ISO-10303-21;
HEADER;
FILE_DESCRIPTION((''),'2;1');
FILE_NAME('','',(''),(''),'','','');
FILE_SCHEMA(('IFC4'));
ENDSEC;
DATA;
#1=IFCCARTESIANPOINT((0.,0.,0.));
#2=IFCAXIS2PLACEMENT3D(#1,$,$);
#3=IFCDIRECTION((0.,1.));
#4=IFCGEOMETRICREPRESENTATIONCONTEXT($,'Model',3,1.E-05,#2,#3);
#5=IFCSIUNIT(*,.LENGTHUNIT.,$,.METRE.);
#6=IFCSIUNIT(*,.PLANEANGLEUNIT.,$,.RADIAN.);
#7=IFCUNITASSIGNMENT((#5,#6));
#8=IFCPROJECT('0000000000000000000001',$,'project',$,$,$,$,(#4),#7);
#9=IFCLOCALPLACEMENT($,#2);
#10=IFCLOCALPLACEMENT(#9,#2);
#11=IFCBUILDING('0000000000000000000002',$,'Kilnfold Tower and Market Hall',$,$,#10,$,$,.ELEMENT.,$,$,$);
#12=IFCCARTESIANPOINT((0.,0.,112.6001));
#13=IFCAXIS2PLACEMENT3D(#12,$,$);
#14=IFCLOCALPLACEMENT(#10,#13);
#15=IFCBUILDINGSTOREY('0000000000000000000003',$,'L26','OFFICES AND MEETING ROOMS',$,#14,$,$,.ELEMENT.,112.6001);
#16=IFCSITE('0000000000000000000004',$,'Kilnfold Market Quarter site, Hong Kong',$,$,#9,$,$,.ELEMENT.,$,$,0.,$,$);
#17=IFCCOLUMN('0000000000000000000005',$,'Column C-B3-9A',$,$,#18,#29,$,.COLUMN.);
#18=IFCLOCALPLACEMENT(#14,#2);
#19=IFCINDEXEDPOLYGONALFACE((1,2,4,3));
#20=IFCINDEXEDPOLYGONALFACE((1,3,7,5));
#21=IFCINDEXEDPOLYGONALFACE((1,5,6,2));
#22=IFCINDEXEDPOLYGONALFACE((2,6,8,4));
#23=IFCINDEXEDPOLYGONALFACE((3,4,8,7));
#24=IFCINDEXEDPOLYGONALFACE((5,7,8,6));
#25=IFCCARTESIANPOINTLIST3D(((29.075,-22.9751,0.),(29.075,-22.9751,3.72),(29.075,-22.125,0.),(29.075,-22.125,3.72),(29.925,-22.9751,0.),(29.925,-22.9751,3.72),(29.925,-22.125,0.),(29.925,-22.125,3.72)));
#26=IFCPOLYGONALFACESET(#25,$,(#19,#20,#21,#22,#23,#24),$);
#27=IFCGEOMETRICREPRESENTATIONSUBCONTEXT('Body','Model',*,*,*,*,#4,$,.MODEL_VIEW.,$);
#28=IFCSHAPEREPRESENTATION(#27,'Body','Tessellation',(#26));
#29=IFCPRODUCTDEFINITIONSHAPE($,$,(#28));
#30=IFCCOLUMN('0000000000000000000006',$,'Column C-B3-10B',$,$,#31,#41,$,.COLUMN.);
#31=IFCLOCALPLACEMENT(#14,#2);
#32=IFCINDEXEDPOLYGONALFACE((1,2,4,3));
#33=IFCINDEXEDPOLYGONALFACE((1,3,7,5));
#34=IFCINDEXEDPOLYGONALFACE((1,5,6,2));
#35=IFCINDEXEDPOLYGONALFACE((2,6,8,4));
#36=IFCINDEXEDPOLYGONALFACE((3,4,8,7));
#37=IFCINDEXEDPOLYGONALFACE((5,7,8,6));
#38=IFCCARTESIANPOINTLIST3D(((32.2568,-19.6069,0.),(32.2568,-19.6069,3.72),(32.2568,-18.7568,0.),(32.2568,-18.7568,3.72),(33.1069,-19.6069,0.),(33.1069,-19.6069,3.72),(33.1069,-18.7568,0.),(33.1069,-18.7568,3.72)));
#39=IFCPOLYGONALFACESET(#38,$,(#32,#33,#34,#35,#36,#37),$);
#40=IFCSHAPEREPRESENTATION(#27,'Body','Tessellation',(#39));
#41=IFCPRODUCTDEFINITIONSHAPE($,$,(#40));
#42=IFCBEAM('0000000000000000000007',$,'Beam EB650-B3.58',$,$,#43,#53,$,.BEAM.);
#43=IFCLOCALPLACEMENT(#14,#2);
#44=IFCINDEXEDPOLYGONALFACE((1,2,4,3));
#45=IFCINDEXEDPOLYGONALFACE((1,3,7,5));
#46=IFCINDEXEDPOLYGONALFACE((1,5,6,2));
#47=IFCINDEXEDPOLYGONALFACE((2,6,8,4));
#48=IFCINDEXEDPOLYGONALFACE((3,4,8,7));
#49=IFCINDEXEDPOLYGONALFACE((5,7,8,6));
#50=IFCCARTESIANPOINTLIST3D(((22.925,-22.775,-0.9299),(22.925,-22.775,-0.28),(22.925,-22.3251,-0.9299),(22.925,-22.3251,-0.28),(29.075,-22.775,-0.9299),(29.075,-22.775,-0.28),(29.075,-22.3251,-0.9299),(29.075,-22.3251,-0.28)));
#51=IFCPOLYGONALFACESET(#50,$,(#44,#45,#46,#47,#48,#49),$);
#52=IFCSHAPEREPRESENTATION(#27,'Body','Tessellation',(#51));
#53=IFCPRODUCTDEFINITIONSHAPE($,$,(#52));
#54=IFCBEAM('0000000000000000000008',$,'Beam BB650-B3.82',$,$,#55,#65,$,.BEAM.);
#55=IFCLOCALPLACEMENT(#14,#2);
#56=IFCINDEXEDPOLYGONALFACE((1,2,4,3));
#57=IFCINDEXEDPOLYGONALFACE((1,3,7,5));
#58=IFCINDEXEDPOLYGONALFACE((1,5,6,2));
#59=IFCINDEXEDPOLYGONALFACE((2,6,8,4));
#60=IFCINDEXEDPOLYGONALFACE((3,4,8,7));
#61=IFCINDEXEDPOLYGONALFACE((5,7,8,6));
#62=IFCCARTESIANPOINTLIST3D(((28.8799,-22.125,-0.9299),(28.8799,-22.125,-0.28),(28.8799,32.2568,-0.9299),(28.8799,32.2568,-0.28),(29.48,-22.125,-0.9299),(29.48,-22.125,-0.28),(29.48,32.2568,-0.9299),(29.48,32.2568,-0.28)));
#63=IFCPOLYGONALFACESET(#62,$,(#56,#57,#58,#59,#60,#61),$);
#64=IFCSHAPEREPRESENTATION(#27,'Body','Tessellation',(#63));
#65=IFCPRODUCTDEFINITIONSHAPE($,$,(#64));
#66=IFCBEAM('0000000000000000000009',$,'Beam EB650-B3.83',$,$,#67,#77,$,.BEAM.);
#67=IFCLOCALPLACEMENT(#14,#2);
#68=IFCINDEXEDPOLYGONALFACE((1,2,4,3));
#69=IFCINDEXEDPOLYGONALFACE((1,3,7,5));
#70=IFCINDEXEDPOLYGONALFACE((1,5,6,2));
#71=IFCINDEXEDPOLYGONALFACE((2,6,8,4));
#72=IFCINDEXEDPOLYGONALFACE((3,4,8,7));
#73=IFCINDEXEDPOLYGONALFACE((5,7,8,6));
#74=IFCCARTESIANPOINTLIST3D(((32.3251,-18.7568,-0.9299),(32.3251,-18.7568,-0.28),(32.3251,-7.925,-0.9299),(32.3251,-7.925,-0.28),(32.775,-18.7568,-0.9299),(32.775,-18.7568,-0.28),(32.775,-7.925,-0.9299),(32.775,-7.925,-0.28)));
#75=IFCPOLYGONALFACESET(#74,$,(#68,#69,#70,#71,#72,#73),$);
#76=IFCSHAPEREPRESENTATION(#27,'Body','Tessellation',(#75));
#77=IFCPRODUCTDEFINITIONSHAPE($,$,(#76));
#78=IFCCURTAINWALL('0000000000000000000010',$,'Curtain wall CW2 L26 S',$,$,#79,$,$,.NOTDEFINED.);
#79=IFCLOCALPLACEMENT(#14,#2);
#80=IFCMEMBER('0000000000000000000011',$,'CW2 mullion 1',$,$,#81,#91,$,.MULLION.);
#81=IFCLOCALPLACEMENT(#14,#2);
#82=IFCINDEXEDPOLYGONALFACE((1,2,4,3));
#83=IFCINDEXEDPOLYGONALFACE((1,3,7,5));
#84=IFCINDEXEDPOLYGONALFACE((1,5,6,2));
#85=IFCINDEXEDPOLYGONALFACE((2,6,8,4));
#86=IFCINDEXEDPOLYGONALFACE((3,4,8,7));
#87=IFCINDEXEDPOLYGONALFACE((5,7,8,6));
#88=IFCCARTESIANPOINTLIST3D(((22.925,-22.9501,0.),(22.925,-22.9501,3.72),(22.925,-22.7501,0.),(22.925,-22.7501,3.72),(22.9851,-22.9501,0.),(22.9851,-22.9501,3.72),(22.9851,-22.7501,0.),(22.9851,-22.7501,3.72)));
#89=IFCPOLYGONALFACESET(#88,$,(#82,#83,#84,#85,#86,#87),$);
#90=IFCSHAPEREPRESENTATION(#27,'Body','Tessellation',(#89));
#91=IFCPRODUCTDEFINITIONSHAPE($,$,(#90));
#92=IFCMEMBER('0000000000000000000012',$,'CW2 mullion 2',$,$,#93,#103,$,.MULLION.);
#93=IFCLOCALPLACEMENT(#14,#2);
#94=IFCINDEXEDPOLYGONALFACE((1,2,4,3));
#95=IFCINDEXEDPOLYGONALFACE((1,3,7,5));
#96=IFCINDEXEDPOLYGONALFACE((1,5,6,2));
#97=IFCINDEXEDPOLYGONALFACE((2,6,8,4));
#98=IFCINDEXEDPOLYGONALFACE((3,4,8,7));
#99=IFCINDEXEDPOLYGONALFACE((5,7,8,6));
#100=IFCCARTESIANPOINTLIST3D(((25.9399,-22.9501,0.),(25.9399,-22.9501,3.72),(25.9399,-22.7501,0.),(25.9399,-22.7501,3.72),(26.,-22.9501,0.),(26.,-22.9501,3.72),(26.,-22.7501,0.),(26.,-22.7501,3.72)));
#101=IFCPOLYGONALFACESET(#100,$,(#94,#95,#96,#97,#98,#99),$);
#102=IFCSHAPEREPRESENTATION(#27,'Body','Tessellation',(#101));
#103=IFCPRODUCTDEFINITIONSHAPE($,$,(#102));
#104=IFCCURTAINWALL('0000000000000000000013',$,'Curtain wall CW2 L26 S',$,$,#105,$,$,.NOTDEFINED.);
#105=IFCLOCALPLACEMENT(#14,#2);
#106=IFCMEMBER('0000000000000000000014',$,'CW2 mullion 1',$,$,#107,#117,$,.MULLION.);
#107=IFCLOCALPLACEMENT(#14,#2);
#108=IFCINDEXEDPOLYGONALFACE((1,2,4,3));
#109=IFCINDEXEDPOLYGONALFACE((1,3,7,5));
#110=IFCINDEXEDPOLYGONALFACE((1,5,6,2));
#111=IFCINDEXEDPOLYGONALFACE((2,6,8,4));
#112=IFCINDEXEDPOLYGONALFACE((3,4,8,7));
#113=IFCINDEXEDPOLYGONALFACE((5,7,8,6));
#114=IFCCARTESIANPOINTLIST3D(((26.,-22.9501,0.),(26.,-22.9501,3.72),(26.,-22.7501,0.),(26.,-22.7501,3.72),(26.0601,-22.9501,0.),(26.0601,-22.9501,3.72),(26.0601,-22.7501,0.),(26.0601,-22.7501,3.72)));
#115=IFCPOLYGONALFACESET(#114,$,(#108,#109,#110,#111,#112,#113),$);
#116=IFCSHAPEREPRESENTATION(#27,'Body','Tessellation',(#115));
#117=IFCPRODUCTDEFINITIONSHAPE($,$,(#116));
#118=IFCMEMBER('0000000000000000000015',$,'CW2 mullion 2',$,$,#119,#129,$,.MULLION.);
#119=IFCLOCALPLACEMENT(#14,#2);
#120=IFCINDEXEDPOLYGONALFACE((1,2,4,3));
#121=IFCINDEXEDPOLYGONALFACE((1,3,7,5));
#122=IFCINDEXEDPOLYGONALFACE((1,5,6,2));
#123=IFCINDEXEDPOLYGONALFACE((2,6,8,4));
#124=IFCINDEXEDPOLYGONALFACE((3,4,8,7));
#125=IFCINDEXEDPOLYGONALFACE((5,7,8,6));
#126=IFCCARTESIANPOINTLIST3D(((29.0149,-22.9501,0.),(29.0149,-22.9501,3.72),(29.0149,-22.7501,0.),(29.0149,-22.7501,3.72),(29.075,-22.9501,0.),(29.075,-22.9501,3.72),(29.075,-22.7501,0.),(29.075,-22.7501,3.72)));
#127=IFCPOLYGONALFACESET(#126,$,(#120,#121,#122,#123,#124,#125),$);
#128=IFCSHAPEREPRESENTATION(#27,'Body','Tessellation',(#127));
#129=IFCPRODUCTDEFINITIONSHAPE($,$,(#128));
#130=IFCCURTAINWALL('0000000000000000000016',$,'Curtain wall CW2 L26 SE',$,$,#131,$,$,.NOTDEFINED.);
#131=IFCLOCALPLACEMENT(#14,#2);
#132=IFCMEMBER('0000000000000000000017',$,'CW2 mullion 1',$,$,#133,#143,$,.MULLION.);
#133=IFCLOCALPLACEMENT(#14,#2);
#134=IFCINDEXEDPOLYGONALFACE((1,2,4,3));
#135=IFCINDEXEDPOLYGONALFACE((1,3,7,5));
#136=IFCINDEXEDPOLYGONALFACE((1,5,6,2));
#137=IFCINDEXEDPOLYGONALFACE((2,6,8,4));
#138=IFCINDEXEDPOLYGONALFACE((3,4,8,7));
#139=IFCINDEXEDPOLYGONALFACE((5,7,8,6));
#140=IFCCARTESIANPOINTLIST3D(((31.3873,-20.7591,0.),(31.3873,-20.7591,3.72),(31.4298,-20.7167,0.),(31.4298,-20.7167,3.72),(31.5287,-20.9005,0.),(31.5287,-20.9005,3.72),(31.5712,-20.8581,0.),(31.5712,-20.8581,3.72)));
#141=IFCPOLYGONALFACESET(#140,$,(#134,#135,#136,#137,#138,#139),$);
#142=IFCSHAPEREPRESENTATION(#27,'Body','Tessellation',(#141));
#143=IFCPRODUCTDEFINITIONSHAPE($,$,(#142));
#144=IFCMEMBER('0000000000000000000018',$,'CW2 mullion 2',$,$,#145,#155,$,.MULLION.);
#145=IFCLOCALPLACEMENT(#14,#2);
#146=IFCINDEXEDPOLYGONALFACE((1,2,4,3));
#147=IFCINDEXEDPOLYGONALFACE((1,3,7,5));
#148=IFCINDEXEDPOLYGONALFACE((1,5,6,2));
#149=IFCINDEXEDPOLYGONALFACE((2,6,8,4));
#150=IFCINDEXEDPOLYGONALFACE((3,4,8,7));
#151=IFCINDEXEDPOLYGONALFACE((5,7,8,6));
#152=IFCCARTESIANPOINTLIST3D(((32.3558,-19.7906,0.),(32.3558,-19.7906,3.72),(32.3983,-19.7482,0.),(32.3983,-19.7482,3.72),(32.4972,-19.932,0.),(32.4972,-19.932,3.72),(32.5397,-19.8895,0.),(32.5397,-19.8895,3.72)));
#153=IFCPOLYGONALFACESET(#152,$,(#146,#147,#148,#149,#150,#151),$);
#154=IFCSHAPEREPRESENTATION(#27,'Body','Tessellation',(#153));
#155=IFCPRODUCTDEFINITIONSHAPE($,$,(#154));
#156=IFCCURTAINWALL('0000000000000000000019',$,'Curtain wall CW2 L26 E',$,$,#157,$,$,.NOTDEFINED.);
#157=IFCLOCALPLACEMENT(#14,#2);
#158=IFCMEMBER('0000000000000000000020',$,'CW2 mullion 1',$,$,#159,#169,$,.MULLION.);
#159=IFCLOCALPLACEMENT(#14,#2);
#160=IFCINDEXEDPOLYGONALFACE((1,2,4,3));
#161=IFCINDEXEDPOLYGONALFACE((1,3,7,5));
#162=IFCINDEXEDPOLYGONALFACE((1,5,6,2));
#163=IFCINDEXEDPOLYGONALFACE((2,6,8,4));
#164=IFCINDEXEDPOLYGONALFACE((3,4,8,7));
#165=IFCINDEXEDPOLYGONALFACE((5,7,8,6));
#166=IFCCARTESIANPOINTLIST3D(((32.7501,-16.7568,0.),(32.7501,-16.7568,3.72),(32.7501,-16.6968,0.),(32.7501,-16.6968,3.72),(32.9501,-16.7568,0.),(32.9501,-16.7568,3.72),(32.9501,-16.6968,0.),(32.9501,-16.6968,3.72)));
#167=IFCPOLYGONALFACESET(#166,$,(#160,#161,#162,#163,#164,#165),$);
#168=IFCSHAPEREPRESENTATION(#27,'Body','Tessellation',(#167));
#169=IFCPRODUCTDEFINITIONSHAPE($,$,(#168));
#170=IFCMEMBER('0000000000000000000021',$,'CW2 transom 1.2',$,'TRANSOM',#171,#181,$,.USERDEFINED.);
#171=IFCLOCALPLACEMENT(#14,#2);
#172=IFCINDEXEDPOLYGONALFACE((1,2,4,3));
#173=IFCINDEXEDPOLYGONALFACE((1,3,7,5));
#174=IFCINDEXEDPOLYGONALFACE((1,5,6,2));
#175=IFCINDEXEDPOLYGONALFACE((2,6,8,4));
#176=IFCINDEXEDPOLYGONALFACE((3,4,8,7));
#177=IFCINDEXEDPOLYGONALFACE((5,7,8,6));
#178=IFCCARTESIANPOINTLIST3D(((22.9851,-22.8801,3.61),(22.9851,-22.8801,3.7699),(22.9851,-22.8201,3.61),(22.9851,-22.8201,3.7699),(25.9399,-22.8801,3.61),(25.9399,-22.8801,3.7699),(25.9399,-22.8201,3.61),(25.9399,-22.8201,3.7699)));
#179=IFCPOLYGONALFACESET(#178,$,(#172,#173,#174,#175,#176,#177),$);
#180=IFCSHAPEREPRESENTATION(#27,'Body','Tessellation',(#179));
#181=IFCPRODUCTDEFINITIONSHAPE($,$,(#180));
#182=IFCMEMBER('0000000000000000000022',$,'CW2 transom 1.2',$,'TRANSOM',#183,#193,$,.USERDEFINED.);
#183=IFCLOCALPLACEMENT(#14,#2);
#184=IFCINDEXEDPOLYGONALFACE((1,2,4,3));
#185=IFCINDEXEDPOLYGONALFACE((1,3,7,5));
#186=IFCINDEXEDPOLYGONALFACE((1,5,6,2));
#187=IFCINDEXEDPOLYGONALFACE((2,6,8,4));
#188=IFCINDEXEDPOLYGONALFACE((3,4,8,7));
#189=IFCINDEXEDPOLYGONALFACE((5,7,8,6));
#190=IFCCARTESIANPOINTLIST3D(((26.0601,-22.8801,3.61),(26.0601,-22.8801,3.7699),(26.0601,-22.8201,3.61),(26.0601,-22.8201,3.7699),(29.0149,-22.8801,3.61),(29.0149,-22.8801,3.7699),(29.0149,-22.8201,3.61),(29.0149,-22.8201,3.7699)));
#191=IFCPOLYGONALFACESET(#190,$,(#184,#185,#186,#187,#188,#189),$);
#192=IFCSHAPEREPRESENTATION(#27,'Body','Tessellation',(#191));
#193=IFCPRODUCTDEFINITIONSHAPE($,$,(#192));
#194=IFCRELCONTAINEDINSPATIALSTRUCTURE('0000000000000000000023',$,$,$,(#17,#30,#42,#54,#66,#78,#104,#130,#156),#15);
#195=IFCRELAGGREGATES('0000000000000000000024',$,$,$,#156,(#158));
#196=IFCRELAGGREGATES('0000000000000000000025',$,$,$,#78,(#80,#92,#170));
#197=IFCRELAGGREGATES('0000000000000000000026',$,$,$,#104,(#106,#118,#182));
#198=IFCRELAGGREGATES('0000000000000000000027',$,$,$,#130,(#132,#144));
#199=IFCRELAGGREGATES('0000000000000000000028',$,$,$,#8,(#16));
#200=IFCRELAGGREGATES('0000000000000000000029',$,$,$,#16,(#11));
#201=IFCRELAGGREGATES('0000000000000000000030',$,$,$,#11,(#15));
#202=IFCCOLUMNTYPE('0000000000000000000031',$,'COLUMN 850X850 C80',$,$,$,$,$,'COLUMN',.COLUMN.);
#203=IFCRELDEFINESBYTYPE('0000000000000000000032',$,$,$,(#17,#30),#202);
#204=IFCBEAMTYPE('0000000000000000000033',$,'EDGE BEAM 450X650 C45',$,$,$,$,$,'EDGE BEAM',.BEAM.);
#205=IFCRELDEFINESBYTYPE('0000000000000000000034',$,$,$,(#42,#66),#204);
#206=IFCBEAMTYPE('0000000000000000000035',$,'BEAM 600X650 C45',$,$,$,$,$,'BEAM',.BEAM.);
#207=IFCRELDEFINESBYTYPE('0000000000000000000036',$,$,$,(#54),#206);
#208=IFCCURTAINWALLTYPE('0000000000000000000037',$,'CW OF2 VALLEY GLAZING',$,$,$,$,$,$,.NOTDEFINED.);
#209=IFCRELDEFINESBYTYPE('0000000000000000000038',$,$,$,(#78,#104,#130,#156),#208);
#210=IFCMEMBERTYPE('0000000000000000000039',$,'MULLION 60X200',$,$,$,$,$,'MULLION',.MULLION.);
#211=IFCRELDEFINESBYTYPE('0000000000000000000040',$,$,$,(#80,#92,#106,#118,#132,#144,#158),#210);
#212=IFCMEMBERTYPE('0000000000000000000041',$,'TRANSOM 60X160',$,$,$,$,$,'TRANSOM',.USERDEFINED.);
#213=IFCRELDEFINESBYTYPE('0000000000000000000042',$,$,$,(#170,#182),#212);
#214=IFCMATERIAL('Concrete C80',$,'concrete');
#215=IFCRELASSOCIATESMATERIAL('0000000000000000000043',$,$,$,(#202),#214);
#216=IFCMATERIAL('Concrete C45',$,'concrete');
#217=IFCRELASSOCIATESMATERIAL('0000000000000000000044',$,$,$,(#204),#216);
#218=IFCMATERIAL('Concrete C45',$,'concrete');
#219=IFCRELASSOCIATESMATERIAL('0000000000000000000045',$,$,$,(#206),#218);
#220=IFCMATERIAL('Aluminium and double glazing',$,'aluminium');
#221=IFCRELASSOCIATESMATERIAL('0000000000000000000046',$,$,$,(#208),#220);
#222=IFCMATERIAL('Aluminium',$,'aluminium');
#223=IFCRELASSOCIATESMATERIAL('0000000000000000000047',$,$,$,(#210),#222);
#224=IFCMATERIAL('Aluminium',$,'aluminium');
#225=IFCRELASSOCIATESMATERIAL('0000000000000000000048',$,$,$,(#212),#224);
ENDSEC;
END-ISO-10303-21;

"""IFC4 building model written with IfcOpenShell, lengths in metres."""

from ifc_helpers import new_model, si_unit, direction, frame, origin, origin_2d, place, context, subcontext, project, spatial, rectangle, extrude, source, transform, mapped, material, material_profile, profile_set, type_object, element, aggregate, save


model = new_model("IFC4")

# Units and contexts
model_context = context("Model", 3, precision=1e-05, world=origin(), true_north=direction((0.0, 1.0)))
body_context = subcontext(model_context, "Body", "Model", "MODEL_VIEW")
ifc_project = project(units=[si_unit("LENGTHUNIT", "METRE"), si_unit("PLANEANGLEUNIT", "RADIAN")], contexts=[model_context])

# Site, building, storey
site_placement = place(None, origin())
site = spatial("IfcSite", under=ifc_project, at=site_placement, Name="Kilnfold Market Quarter site, Hong Kong", CompositionType="ELEMENT", RefElevation=0.0)
building_placement = place(site_placement, origin())
building = spatial("IfcBuilding", under=site, at=building_placement, Name="Kilnfold Tower and Market Hall", CompositionType="ELEMENT")
storey_placement = place(building_placement, frame((0.0, 0.0, 112.6001)))
storey = spatial("IfcBuildingStorey", under=building, at=storey_placement, Name="L26", Description="OFFICES AND MEETING ROOMS", CompositionType="ELEMENT", Elevation=112.6001)

# Columns
ifc_material_1 = material(Name="Concrete C80", Category="concrete")
ifc_material_profile_1 = material_profile(ifc_material_1, rectangle(XDim=0.8501, YDim=0.8501, at=origin_2d()), Name="RC 850x850")
ifc_profile_set_1 = profile_set([ifc_material_profile_1], Name="Concrete C80")
column_type = type_object("IfcColumnType", Name="COLUMN 850X850 C80", ElementType="COLUMN", PredefinedType="COLUMN", material=ifc_profile_set_1)
shared_shape_1 = source(origin(), body_context, "Body", "SweptSolid", [
    extrude(rectangle(XDim=0.8501, YDim=0.8501, at=origin_2d()), origin(), (0.0, 0.0, 1.0), 3.72),
])
for number, where, z_axis, x_axis, name in (
    (1, (29.5, -22.55, 0.0), (0.0, 0.0, 1.0), (1.0, 0.0, 0.0), "Column C-B3-9A"),
    (2, (32.6819, -19.1819, 0.0), (0.0, 0.0, 1.0), (1.0, 0.0, 0.0), "Column C-B3-10B"),
):
    element("IfcColumn", number, at=place(storey_placement, frame(where, z_axis=z_axis, x_axis=x_axis)), inside=storey, type_object=column_type, Name=name, PredefinedType="COLUMN", context=body_context, shape_type="MappedRepresentation", body=[
        mapped(shared_shape_1, transform((0.0, 0.0, 0.0))),
    ])

# Beams
ifc_material_2 = material(Name="Concrete C45", Category="concrete")
ifc_material_profile_2 = material_profile(ifc_material_2, rectangle(XDim=0.45, YDim=0.6499, at=origin_2d()), Name="RC 450x650")
ifc_profile_set_2 = profile_set([ifc_material_profile_2], Name="Concrete C45")
beam_type_1 = type_object("IfcBeamType", Name="EDGE BEAM 450X650 C45", ElementType="EDGE BEAM", PredefinedType="BEAM", material=ifc_profile_set_2)
shared_shape_2 = source(origin(), body_context, "Body", "SweptSolid", [
    extrude(rectangle(XDim=0.45, YDim=0.6499, at=origin_2d()), origin(), (0.0, 0.0, 1.0), 6.1499),
])
beam_1_placement = place(storey_placement, frame((22.925, -22.55, -0.605), z_axis=(1.0, 0.0, 0.0), x_axis=(0.0, 1.0, 0.0)))
element("IfcBeam", 3, at=beam_1_placement, inside=storey, type_object=beam_type_1, Name="Beam EB650-B3.58", PredefinedType="BEAM", context=body_context, shape_type="MappedRepresentation", body=[
    mapped(shared_shape_2, transform((0.0, 0.0, 0.0))),
])
ifc_material_3 = material(Name="Concrete C45", Category="concrete")
ifc_material_profile_3 = material_profile(ifc_material_3, rectangle(XDim=0.6001, YDim=0.6499, at=origin_2d()), Name="RC 600x650")
ifc_profile_set_3 = profile_set([ifc_material_profile_3], Name="Concrete C45")
beam_type_2 = type_object("IfcBeamType", Name="BEAM 600X650 C45", ElementType="BEAM", PredefinedType="BEAM", material=ifc_profile_set_3)
shared_shape_3 = source(origin(), body_context, "Body", "SweptSolid", [
    extrude(rectangle(XDim=0.6001, YDim=0.6499, at=origin_2d()), origin(), (0.0, 0.0, 1.0), 54.3818),
])
beam_2_placement = place(storey_placement, frame((29.1799, -22.125, -0.605), z_axis=(0.0, 1.0, 0.0), x_axis=(-1.0, 0.0, 0.0)))
element("IfcBeam", 4, at=beam_2_placement, inside=storey, type_object=beam_type_2, Name="Beam BB650-B3.82", PredefinedType="BEAM", context=body_context, shape_type="MappedRepresentation", body=[
    mapped(shared_shape_3, transform((0.0, 0.0, 0.0))),
])
shared_shape_4 = source(origin(), body_context, "Body", "SweptSolid", [
    extrude(rectangle(XDim=0.45, YDim=0.6499, at=origin_2d()), origin(), (0.0, 0.0, 1.0), 10.8318),
])
beam_3_placement = place(storey_placement, frame((32.55, -18.7568, -0.605), z_axis=(0.0, 1.0, 0.0), x_axis=(-1.0, 0.0, 0.0)))
element("IfcBeam", 5, at=beam_3_placement, inside=storey, type_object=beam_type_1, Name="Beam EB650-B3.83", PredefinedType="BEAM", context=body_context, shape_type="MappedRepresentation", body=[
    mapped(shared_shape_4, transform((0.0, 0.0, 0.0))),
])

# Curtain walls, members
ifc_material_4 = material(Name="Aluminium and double glazing", Category="aluminium")
curtain_wall_type = type_object("IfcCurtainWallType", Name="CW OF2 VALLEY GLAZING", PredefinedType="NOTDEFINED", material=ifc_material_4)
curtain_wall_1_placement = place(storey_placement, origin())
curtain_wall_1 = element("IfcCurtainWall", 6, at=curtain_wall_1_placement, inside=storey, type_object=curtain_wall_type, Name="Curtain wall CW2 L26 S", PredefinedType="NOTDEFINED")
ifc_material_5 = material(Name="Aluminium", Category="aluminium")
ifc_material_profile_4 = material_profile(ifc_material_5, rectangle(XDim=0.0601, YDim=0.2, at=origin_2d()), Name="MULLION 60x200")
ifc_profile_set_4 = profile_set([ifc_material_profile_4], Name="Aluminium")
member_type_1 = type_object("IfcMemberType", Name="MULLION 60X200", ElementType="MULLION", PredefinedType="MULLION", material=ifc_profile_set_4)
shared_shape_5 = source(origin(), body_context, "Body", "SweptSolid", [
    extrude(rectangle(XDim=0.0601, YDim=0.2, at=origin_2d()), origin(), (0.0, 0.0, 1.0), 3.72),
])
member_1_placement = place(storey_placement, frame((22.9551, -22.8501, 0.0), z_axis=(0.0, 0.0, 1.0), x_axis=(1.0, 0.0, 0.0)))
member_1 = element("IfcMember", 7, at=member_1_placement, type_object=member_type_1, Name="CW2 mullion 1", PredefinedType="MULLION", context=body_context, shape_type="MappedRepresentation", body=[
    mapped(shared_shape_5, transform((0.0, 0.0, 0.0))),
])
member_2_placement = place(storey_placement, frame((25.97, -22.8501, 0.0), z_axis=(0.0, 0.0, 1.0), x_axis=(1.0, 0.0, 0.0)))
member_2 = element("IfcMember", 8, at=member_2_placement, type_object=member_type_1, Name="CW2 mullion 2", PredefinedType="MULLION", context=body_context, shape_type="MappedRepresentation", body=[
    mapped(shared_shape_5, transform((0.0, 0.0, 0.0))),
])
curtain_wall_2_placement = place(storey_placement, origin())
curtain_wall_2 = element("IfcCurtainWall", 9, at=curtain_wall_2_placement, inside=storey, type_object=curtain_wall_type, Name="Curtain wall CW2 L26 S", PredefinedType="NOTDEFINED")
member_3_placement = place(storey_placement, frame((26.03, -22.8501, 0.0), z_axis=(0.0, 0.0, 1.0), x_axis=(1.0, 0.0, 0.0)))
member_3 = element("IfcMember", 10, at=member_3_placement, type_object=member_type_1, Name="CW2 mullion 1", PredefinedType="MULLION", context=body_context, shape_type="MappedRepresentation", body=[
    mapped(shared_shape_5, transform((0.0, 0.0, 0.0))),
])
member_4_placement = place(storey_placement, frame((29.0449, -22.8501, 0.0), z_axis=(0.0, 0.0, 1.0), x_axis=(1.0, 0.0, 0.0)))
member_4 = element("IfcMember", 11, at=member_4_placement, type_object=member_type_1, Name="CW2 mullion 2", PredefinedType="MULLION", context=body_context, shape_type="MappedRepresentation", body=[
    mapped(shared_shape_5, transform((0.0, 0.0, 0.0))),
])
curtain_wall_3_placement = place(storey_placement, origin())
curtain_wall_3 = element("IfcCurtainWall", 12, at=curtain_wall_3_placement, inside=storey, type_object=curtain_wall_type, Name="Curtain wall CW2 L26 SE", PredefinedType="NOTDEFINED")
member_5_placement = place(storey_placement, frame((31.4792, -20.8086, 0.0), z_axis=(0.0, 0.0, 1.0), x_axis=(0.707107, 0.707107, 0.0)))
member_5 = element("IfcMember", 13, at=member_5_placement, type_object=member_type_1, Name="CW2 mullion 1", PredefinedType="MULLION", context=body_context, shape_type="MappedRepresentation", body=[
    mapped(shared_shape_5, transform((0.0, 0.0, 0.0))),
])
member_6_placement = place(storey_placement, frame((32.4478, -19.8401, 0.0), z_axis=(0.0, 0.0, 1.0), x_axis=(0.707107, 0.707107, 0.0)))
member_6 = element("IfcMember", 14, at=member_6_placement, type_object=member_type_1, Name="CW2 mullion 2", PredefinedType="MULLION", context=body_context, shape_type="MappedRepresentation", body=[
    mapped(shared_shape_5, transform((0.0, 0.0, 0.0))),
])

# Curtain wall, member
curtain_wall_4_placement = place(storey_placement, origin())
curtain_wall_4 = element("IfcCurtainWall", 15, at=curtain_wall_4_placement, inside=storey, type_object=curtain_wall_type, Name="Curtain wall CW2 L26 E", PredefinedType="NOTDEFINED")
member_7_placement = place(storey_placement, frame((32.8501, -16.7268, 0.0), z_axis=(0.0, 0.0, 1.0), x_axis=(0.0, 1.0, 0.0)))
member_7 = element("IfcMember", 16, at=member_7_placement, type_object=member_type_1, Name="CW2 mullion 1", PredefinedType="MULLION", context=body_context, shape_type="MappedRepresentation", body=[
    mapped(shared_shape_5, transform((0.0, 0.0, 0.0))),
])
aggregate(curtain_wall_4, [member_7])

# Members
ifc_material_6 = material(Name="Aluminium", Category="aluminium")
ifc_material_profile_5 = material_profile(ifc_material_6, rectangle(XDim=0.0601, YDim=0.1599, at=origin_2d()), Name="TRANSOM 60x160")
ifc_profile_set_5 = profile_set([ifc_material_profile_5], Name="Aluminium")
member_type_2 = type_object("IfcMemberType", Name="TRANSOM 60X160", ElementType="TRANSOM", PredefinedType="USERDEFINED", material=ifc_profile_set_5)
shared_shape_6 = source(origin(), body_context, "Body", "SweptSolid", [
    extrude(rectangle(XDim=0.0601, YDim=0.1599, at=origin_2d()), origin(), (0.0, 0.0, 1.0), 2.9548),
])
member_8_placement = place(storey_placement, frame((22.9851, -22.8501, 3.6899), z_axis=(1.0, 0.0, 0.0), x_axis=(0.0, 1.0, 0.0)))
member_8 = element("IfcMember", 17, at=member_8_placement, type_object=member_type_2, Name="CW2 transom 1.2", ObjectType="TRANSOM", PredefinedType="USERDEFINED", context=body_context, shape_type="MappedRepresentation", body=[
    mapped(shared_shape_6, transform((0.0, 0.0, 0.0))),
])
member_9_placement = place(storey_placement, frame((26.0601, -22.8501, 3.6899), z_axis=(1.0, 0.0, 0.0), x_axis=(0.0, 1.0, 0.0)))
member_9 = element("IfcMember", 18, at=member_9_placement, type_object=member_type_2, Name="CW2 transom 1.2", ObjectType="TRANSOM", PredefinedType="USERDEFINED", context=body_context, shape_type="MappedRepresentation", body=[
    mapped(shared_shape_6, transform((0.0, 0.0, 0.0))),
])

aggregate(curtain_wall_1, [member_1, member_2, member_8])
aggregate(curtain_wall_2, [member_3, member_4, member_9])
aggregate(curtain_wall_3, [member_5, member_6])

save(model, "model.ifc")
